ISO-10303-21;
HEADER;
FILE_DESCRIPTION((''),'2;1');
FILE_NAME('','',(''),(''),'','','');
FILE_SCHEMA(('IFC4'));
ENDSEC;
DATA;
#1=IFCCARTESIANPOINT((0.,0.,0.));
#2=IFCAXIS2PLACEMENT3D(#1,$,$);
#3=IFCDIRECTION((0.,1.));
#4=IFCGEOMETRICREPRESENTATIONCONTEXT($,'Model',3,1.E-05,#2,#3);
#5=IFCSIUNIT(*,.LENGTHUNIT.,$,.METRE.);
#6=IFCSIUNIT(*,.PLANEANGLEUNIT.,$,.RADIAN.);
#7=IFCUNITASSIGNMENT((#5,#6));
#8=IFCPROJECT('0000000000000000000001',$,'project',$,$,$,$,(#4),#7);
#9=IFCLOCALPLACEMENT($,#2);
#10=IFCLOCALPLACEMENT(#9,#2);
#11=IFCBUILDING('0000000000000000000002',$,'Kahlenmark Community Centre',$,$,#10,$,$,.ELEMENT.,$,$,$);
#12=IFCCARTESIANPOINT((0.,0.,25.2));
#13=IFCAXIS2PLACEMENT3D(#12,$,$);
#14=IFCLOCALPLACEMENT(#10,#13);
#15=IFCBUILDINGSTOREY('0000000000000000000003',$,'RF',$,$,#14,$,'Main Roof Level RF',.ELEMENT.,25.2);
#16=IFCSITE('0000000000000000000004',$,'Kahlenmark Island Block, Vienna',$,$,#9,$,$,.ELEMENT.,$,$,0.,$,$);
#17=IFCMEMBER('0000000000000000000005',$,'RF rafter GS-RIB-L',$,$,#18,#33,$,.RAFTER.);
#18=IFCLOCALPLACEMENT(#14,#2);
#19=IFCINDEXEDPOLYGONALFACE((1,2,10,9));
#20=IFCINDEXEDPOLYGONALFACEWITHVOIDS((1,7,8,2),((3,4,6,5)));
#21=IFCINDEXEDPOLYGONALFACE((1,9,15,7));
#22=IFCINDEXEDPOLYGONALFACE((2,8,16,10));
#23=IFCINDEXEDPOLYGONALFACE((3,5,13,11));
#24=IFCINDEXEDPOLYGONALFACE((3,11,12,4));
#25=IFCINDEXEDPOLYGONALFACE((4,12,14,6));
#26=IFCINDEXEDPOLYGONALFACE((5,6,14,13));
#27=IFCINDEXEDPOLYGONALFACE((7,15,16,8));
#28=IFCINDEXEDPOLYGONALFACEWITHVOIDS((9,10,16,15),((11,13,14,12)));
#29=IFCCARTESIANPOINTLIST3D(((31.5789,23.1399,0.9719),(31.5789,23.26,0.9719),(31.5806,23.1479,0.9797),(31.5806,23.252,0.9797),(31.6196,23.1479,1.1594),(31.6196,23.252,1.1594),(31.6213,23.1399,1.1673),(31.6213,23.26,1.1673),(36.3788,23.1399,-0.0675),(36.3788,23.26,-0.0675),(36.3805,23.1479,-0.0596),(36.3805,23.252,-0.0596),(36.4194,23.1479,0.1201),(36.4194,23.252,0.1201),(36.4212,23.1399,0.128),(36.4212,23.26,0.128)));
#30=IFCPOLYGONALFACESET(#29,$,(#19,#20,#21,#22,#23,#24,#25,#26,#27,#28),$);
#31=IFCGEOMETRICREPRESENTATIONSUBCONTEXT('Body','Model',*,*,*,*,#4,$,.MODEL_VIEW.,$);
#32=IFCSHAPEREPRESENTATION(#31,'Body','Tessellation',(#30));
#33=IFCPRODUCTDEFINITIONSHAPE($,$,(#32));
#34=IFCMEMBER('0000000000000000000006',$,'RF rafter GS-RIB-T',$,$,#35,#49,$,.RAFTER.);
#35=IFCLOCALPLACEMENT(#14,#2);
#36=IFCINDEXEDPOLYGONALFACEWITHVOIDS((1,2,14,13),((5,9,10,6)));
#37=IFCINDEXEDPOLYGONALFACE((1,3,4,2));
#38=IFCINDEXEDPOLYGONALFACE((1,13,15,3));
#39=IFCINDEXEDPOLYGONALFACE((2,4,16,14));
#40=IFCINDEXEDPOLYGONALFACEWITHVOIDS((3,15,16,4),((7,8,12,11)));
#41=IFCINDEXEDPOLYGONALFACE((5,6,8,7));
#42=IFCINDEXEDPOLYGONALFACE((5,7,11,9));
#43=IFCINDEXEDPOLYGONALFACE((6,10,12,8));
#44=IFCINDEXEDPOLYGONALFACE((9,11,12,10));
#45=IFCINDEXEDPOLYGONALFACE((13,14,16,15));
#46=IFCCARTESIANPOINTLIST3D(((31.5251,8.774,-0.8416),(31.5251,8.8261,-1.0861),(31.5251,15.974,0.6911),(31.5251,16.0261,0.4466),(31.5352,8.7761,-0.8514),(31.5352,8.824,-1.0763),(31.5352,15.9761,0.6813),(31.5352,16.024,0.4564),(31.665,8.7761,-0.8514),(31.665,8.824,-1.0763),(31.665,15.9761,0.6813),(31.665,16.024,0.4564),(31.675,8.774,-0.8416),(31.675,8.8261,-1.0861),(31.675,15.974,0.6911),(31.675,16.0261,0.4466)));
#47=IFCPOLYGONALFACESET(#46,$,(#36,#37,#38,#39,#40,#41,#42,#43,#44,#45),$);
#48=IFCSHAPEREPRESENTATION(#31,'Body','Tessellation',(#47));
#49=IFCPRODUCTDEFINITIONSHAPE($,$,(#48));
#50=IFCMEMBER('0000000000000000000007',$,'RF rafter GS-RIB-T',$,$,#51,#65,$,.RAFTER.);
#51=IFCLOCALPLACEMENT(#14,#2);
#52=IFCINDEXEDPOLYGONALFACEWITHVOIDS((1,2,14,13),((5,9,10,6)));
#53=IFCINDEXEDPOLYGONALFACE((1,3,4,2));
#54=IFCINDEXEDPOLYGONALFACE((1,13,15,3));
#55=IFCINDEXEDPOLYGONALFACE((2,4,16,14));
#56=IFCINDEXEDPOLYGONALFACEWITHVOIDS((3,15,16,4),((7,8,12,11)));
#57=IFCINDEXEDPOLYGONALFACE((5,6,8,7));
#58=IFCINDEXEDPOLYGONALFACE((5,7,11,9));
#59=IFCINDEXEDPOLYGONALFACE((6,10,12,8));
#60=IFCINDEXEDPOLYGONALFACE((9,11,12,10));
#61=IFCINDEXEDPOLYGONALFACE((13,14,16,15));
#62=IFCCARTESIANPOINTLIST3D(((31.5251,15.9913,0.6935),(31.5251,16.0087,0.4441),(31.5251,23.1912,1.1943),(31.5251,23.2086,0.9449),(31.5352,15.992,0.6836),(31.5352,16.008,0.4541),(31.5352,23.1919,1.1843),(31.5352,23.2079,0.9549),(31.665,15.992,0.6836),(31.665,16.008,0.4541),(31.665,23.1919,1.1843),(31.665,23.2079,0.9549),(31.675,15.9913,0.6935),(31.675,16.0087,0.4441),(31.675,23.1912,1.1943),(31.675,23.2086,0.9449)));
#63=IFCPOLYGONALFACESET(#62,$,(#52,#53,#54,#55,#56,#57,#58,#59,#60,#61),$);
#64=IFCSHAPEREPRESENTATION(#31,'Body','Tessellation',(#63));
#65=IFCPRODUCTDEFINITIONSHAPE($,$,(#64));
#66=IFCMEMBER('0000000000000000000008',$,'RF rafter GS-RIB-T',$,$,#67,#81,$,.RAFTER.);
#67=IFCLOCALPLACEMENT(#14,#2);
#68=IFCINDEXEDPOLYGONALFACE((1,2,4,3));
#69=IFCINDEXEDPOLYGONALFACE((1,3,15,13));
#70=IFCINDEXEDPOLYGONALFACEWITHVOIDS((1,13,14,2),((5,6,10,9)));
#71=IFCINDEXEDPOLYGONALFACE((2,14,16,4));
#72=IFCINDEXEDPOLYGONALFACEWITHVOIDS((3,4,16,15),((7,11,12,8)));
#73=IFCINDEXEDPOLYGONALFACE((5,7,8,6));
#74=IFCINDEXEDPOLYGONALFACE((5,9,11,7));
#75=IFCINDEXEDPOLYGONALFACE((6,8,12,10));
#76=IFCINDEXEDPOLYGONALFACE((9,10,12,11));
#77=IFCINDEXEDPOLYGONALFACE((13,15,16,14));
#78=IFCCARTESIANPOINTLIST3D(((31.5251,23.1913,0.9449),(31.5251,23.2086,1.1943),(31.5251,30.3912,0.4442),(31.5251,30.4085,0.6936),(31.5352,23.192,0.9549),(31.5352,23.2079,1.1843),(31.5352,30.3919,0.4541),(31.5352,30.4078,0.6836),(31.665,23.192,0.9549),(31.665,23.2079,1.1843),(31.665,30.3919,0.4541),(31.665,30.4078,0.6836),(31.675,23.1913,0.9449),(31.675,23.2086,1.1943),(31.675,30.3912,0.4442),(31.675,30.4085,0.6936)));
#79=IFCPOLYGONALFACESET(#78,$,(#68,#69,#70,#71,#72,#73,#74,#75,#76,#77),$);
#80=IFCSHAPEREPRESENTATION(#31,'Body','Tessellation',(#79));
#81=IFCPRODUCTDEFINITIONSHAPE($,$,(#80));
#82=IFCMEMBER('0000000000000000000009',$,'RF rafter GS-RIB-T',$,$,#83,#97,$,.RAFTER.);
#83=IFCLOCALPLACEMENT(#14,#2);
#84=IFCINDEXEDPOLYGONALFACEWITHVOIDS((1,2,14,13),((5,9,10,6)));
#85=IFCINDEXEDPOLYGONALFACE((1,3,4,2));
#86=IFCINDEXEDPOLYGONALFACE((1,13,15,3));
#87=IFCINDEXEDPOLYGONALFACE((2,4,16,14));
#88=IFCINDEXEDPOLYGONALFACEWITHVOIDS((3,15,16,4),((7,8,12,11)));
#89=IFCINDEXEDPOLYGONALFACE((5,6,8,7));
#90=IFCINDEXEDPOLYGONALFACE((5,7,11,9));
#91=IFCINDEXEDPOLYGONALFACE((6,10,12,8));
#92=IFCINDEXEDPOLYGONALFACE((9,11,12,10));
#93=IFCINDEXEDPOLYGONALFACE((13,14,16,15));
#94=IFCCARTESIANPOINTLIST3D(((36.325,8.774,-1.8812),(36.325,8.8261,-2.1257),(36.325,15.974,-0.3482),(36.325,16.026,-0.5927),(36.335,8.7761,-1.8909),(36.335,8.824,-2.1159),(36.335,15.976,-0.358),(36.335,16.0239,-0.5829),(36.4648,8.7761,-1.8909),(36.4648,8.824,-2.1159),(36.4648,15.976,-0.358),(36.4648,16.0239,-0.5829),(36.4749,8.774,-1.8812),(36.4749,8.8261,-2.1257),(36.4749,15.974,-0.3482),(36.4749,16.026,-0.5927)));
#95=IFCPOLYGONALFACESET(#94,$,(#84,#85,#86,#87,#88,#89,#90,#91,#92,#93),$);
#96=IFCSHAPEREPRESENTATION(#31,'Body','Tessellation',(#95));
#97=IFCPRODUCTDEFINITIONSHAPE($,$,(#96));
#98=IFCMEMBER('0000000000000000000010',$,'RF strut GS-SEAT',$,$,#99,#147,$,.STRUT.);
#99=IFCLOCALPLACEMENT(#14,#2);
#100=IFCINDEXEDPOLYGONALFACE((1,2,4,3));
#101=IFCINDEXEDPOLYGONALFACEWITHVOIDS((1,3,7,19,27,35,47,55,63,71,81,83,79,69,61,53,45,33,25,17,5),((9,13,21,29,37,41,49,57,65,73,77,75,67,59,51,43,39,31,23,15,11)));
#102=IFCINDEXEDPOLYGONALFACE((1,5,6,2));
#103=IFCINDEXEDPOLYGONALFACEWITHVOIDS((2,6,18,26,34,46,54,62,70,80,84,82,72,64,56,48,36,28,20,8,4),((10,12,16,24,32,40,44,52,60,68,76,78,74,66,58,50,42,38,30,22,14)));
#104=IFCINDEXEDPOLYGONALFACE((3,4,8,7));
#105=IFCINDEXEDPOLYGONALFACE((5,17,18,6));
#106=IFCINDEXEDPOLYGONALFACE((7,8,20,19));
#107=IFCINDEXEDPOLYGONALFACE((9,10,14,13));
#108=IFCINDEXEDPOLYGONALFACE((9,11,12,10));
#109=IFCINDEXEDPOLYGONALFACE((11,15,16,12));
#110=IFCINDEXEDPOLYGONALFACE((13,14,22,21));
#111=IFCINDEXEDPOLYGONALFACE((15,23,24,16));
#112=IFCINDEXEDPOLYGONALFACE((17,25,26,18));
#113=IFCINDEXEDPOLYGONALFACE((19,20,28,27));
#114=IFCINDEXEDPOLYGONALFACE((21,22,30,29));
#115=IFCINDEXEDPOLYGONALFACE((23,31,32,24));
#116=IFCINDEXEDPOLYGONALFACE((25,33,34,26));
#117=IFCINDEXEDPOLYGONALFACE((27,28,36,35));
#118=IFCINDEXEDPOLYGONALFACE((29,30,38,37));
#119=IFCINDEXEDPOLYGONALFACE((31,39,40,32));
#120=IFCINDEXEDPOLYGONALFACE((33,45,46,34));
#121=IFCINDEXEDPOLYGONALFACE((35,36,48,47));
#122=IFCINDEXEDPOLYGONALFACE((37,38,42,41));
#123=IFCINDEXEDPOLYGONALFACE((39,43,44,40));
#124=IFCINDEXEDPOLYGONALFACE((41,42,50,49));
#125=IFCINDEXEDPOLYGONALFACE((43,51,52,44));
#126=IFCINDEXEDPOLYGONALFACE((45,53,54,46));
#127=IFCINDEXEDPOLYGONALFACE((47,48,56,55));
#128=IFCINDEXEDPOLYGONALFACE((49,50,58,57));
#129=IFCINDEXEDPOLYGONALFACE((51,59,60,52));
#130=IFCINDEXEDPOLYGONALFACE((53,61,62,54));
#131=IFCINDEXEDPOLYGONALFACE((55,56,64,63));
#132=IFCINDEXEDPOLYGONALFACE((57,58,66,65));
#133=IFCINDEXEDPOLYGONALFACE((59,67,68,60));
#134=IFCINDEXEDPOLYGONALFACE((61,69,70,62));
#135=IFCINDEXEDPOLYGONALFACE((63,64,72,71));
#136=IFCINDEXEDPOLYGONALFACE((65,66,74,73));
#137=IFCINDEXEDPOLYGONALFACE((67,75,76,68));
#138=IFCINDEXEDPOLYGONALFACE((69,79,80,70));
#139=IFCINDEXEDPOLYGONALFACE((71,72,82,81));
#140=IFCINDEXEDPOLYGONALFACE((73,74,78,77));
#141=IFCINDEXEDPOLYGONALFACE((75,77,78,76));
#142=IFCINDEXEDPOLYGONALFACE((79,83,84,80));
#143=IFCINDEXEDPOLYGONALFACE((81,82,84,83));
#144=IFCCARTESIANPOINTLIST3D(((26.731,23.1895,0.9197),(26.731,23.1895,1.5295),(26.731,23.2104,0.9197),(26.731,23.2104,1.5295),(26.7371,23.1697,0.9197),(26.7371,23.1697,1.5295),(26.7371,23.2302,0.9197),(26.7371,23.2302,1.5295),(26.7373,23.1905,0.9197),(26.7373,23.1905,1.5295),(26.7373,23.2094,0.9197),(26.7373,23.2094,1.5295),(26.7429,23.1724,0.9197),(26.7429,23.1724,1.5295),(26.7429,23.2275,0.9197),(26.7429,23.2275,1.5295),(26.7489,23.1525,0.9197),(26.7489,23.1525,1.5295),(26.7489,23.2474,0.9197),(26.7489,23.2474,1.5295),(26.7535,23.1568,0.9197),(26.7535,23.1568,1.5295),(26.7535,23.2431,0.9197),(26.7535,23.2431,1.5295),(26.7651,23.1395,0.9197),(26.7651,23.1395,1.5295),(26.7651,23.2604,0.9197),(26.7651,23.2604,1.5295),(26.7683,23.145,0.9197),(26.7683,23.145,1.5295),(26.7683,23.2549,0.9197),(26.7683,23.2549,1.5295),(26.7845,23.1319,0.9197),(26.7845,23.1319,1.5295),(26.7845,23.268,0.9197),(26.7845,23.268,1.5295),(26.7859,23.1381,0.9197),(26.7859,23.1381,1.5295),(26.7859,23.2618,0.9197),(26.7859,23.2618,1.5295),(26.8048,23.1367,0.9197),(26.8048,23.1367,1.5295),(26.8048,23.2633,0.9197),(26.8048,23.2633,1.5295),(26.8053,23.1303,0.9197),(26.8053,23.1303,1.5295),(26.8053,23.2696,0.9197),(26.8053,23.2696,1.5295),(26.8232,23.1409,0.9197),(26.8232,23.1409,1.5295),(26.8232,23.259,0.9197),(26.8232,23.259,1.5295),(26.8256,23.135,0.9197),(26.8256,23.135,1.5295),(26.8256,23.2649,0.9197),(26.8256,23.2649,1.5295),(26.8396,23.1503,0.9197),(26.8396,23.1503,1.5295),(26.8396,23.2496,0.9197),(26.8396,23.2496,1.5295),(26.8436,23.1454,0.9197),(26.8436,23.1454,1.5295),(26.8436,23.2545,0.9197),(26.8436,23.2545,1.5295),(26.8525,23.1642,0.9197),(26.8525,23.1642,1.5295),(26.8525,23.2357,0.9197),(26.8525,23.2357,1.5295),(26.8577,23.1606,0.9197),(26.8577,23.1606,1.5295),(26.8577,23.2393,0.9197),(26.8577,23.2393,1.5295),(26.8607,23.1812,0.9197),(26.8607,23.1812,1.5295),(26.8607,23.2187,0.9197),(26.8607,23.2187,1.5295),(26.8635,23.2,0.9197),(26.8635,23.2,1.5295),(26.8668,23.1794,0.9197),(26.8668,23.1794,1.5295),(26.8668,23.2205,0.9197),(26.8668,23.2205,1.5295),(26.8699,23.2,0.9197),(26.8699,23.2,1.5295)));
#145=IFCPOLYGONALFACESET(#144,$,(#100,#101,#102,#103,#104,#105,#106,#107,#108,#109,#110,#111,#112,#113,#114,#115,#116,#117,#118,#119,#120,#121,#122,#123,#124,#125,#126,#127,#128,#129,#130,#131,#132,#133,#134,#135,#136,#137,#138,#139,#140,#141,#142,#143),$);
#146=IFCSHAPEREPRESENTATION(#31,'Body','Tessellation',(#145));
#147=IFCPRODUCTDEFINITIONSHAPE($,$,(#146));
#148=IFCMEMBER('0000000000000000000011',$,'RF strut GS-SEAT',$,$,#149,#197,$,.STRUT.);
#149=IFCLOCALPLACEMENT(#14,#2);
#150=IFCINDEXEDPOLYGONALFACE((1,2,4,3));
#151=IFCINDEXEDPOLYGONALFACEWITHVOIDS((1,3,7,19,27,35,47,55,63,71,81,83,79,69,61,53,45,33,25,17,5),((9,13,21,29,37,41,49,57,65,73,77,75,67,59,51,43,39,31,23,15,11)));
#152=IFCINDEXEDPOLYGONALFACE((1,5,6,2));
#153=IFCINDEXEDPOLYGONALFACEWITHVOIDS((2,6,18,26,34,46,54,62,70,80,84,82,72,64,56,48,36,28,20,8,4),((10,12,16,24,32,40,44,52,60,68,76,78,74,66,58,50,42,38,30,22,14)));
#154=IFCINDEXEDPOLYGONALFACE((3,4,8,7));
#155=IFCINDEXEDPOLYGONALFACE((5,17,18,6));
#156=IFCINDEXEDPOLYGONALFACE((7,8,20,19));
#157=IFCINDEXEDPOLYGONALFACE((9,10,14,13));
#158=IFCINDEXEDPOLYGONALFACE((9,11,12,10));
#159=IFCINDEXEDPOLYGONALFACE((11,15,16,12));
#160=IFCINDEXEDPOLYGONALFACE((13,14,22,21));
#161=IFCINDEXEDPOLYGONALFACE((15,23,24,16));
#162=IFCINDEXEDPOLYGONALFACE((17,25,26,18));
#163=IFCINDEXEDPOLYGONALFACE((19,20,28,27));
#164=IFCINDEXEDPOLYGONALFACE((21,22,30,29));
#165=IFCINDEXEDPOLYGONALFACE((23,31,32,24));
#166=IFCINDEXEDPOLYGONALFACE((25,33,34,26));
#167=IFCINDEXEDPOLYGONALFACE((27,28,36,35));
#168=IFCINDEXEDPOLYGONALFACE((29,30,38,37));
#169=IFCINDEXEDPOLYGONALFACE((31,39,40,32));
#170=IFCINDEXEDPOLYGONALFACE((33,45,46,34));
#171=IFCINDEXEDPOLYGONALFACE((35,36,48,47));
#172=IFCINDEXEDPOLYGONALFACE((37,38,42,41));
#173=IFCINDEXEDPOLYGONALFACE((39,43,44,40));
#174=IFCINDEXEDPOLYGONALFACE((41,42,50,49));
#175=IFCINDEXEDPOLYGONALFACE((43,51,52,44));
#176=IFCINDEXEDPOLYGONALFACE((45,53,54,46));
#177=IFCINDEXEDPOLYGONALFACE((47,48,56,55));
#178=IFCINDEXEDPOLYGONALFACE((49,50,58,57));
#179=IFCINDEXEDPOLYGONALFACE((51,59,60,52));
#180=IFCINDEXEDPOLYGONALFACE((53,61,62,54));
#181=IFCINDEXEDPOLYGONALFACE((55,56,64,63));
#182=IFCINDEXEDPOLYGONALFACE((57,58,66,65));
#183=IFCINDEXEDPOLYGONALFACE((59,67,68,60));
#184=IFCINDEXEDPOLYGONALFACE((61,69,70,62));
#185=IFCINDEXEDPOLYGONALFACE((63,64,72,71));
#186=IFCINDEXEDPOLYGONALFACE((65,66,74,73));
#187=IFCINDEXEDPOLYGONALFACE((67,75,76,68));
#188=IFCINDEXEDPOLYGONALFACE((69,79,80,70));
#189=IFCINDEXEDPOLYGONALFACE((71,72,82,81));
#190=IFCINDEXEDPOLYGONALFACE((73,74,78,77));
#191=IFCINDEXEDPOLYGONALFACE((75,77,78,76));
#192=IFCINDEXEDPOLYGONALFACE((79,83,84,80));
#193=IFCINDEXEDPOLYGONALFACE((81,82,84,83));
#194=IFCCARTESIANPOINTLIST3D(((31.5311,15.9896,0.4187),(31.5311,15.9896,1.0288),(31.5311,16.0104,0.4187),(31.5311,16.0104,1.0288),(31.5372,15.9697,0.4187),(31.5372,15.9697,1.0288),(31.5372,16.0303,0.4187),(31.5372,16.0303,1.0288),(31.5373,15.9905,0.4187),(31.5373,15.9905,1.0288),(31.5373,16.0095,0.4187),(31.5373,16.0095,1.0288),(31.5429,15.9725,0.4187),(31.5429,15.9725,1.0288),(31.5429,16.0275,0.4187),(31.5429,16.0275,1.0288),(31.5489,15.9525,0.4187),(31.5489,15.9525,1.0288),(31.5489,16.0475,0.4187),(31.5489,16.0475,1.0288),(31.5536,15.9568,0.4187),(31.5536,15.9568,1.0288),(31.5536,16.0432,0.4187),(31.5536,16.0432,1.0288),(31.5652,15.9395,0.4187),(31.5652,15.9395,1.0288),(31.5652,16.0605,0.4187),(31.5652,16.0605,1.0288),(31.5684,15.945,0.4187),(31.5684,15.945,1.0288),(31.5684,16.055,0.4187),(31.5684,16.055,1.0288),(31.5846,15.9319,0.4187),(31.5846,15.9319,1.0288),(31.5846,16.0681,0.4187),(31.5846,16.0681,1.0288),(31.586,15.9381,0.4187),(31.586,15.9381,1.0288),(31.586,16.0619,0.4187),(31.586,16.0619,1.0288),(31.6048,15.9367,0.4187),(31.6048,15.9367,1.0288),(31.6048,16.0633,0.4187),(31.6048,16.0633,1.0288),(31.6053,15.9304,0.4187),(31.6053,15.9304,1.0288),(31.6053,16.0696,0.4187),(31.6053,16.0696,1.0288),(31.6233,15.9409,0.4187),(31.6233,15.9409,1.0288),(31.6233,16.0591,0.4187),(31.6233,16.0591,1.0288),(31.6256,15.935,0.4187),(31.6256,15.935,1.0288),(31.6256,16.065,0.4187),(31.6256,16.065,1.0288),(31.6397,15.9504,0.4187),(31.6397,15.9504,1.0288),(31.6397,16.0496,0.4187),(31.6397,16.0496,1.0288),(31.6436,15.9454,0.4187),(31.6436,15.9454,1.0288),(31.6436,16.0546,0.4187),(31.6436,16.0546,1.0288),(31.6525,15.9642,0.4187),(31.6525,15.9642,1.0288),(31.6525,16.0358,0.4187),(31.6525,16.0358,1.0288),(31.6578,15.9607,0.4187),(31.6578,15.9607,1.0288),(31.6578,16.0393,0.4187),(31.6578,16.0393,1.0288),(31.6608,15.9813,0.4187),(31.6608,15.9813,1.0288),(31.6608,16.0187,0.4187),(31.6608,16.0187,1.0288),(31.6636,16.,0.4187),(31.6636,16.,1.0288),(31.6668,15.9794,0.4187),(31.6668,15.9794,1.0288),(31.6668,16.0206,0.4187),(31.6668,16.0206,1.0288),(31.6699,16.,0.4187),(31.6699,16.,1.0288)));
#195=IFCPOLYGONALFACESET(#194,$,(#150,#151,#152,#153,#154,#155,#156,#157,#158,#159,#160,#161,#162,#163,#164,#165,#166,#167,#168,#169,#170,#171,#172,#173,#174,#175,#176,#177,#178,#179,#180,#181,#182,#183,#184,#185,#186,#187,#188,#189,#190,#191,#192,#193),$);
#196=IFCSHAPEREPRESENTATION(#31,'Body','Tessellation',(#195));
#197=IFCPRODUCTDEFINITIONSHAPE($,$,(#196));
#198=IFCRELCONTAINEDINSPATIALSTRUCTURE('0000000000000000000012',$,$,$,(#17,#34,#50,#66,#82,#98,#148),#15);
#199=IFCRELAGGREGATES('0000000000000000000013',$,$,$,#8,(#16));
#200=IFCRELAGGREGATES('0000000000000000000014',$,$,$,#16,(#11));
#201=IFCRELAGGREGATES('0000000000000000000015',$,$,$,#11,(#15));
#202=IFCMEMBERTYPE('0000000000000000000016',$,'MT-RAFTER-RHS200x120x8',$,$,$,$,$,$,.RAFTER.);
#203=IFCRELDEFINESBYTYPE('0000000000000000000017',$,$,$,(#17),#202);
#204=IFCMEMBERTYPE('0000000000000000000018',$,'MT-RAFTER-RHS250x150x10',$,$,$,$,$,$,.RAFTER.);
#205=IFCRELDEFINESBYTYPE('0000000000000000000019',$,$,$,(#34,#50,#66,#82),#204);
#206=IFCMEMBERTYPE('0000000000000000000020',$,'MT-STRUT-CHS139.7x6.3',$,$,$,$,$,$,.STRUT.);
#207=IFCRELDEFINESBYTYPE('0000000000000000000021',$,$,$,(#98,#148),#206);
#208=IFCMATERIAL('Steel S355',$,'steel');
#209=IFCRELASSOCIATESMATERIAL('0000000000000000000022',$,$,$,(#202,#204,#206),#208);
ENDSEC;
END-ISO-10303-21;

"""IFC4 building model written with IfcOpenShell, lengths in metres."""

from ifc_helpers import new_model, si_unit, direction, frame, origin, origin_2d, place, context, subcontext, project, spatial, hollow_rectangle, hollow_circle, extrude, material, material_profile, profile_set, type_object, element, save


model = new_model("IFC4")

# Units and contexts
model_context = context("Model", 3, precision=1e-05, world=origin(), true_north=direction((0.0, 1.0)))
body_context = subcontext(model_context, "Body", "Model", "MODEL_VIEW")
ifc_project = project(units=[si_unit("LENGTHUNIT", "METRE"), si_unit("PLANEANGLEUNIT", "RADIAN")], contexts=[model_context])

# Site, building, storey
site_placement = place(None, origin())
site = spatial("IfcSite", under=ifc_project, at=site_placement, Name="Kahlenmark Island Block, Vienna", CompositionType="ELEMENT", RefElevation=0.0)
building_placement = place(site_placement, origin())
building = spatial("IfcBuilding", under=site, at=building_placement, Name="Kahlenmark Community Centre", CompositionType="ELEMENT")
storey_placement = place(building_placement, frame((0.0, 0.0, 25.2)))
storey = spatial("IfcBuildingStorey", under=building, at=storey_placement, Name="RF", LongName="Main Roof Level RF", CompositionType="ELEMENT", Elevation=25.2)

# Members
ifc_material_1 = material(Name="Steel S355", Category="steel")
ifc_material_profile_1 = material_profile(ifc_material_1, hollow_rectangle(XDim=0.1201, YDim=0.2, WallThickness=0.0081, at=origin_2d()), Name="RHS 200x120x8")
ifc_profile_set_1 = profile_set([ifc_material_profile_1], Name="Steel S355")
member_type_1 = type_object("IfcMemberType", Name="MT-RAFTER-RHS200x120x8", PredefinedType="RAFTER", material=ifc_profile_set_1)
for number, where, z_axis, x_axis, name in (
    (1, (31.6001, 23.2, 1.0696), (0.977351, 0.0, -0.211627), (0.0, 1.0, 0.0), "RF rafter GS-RIB-L"),
):
    element("IfcMember", number, at=place(storey_placement, frame(where, z_axis=z_axis, x_axis=x_axis)), inside=storey, type_object=member_type_1, Name=name, PredefinedType="RAFTER", context=body_context, shape_type="SweptSolid", body=[
        extrude(hollow_rectangle(XDim=0.1201, YDim=0.2, WallThickness=0.0081, at=origin_2d()), origin(), (0.0, 0.0, 1.0), 4.9111),
    ])
ifc_material_profile_2 = material_profile(ifc_material_1, hollow_rectangle(XDim=0.1499, YDim=0.25, WallThickness=0.01, at=origin_2d()), Name="RHS 250x150x10")
ifc_profile_set_2 = profile_set([ifc_material_profile_2], Name="Steel S355")
member_type_2 = type_object("IfcMemberType", Name="MT-RAFTER-RHS250x150x10", PredefinedType="RAFTER", material=ifc_profile_set_2)
member_1_placement = place(storey_placement, frame((31.6001, 8.8, -0.9639), z_axis=(0.0, 0.978084, 0.208213), x_axis=(-1.0, 0.0, 0.0)))
element("IfcMember", 2, at=member_1_placement, inside=storey, type_object=member_type_2, Name="RF rafter GS-RIB-T", PredefinedType="RAFTER", context=body_context, shape_type="SweptSolid", body=[
    extrude(hollow_rectangle(XDim=0.1499, YDim=0.25, WallThickness=0.01, at=origin_2d()), origin(), (0.0, 0.0, 1.0), 7.3613),
])
for number, where, z_axis, x_axis, name in (
    (3, (31.6001, 16.0, 0.5688), (0.0, 0.99759, 0.069379), (-1.0, 0.0, 0.0), "RF rafter GS-RIB-T"),
    (4, (31.6001, 23.2, 1.0696), (0.0, 0.99759, -0.069379), (-1.0, 0.0, 0.0), "RF rafter GS-RIB-T"),
):
    element("IfcMember", number, at=place(storey_placement, frame(where, z_axis=z_axis, x_axis=x_axis)), inside=storey, type_object=member_type_2, Name=name, PredefinedType="RAFTER", context=body_context, shape_type="SweptSolid", body=[
        extrude(hollow_rectangle(XDim=0.1499, YDim=0.25, WallThickness=0.01, at=origin_2d()), origin(), (0.0, 0.0, 1.0), 7.2173),
    ])
member_2_placement = place(storey_placement, frame((36.3999, 8.8, -2.0034), z_axis=(0.0, 0.978077, 0.208245), x_axis=(-1.0, 0.0, 0.0)))
element("IfcMember", 5, at=member_2_placement, inside=storey, type_object=member_type_2, Name="RF rafter GS-RIB-T", PredefinedType="RAFTER", context=body_context, shape_type="SweptSolid", body=[
    extrude(hollow_rectangle(XDim=0.1499, YDim=0.25, WallThickness=0.01, at=origin_2d()), origin(), (0.0, 0.0, 1.0), 7.3613),
])
ifc_material_profile_3 = material_profile(ifc_material_1, hollow_circle(Radius=0.0698, WallThickness=0.0063, at=origin_2d()), Name="CHS 139.7x6.3")
ifc_profile_set_3 = profile_set([ifc_material_profile_3], Name="Steel S355")
member_type_3 = type_object("IfcMemberType", Name="MT-STRUT-CHS139.7x6.3", PredefinedType="STRUT", material=ifc_profile_set_3)
member_3_placement = place(storey_placement, frame((26.8, 23.2, 0.9197), z_axis=(0.0, 0.0, 1.0), x_axis=(1.0, 0.0, 0.0)))
element("IfcMember", 6, at=member_3_placement, inside=storey, type_object=member_type_3, Name="RF strut GS-SEAT", PredefinedType="STRUT", context=body_context, shape_type="SweptSolid", body=[
    extrude(hollow_circle(Radius=0.0698, WallThickness=0.0063, at=origin_2d()), origin(), (0.0, 0.0, 1.0), 0.6099),
])
member_4_placement = place(storey_placement, frame((31.6001, 16.0, 0.4187), z_axis=(0.0, 0.0, 1.0), x_axis=(1.0, 0.0, 0.0)))
element("IfcMember", 7, at=member_4_placement, inside=storey, type_object=member_type_3, Name="RF strut GS-SEAT", PredefinedType="STRUT", context=body_context, shape_type="SweptSolid", body=[
    extrude(hollow_circle(Radius=0.0698, WallThickness=0.0063, at=origin_2d()), origin(), (0.0, 0.0, 1.0), 0.6101),
])

save(model, "model.ifc")
